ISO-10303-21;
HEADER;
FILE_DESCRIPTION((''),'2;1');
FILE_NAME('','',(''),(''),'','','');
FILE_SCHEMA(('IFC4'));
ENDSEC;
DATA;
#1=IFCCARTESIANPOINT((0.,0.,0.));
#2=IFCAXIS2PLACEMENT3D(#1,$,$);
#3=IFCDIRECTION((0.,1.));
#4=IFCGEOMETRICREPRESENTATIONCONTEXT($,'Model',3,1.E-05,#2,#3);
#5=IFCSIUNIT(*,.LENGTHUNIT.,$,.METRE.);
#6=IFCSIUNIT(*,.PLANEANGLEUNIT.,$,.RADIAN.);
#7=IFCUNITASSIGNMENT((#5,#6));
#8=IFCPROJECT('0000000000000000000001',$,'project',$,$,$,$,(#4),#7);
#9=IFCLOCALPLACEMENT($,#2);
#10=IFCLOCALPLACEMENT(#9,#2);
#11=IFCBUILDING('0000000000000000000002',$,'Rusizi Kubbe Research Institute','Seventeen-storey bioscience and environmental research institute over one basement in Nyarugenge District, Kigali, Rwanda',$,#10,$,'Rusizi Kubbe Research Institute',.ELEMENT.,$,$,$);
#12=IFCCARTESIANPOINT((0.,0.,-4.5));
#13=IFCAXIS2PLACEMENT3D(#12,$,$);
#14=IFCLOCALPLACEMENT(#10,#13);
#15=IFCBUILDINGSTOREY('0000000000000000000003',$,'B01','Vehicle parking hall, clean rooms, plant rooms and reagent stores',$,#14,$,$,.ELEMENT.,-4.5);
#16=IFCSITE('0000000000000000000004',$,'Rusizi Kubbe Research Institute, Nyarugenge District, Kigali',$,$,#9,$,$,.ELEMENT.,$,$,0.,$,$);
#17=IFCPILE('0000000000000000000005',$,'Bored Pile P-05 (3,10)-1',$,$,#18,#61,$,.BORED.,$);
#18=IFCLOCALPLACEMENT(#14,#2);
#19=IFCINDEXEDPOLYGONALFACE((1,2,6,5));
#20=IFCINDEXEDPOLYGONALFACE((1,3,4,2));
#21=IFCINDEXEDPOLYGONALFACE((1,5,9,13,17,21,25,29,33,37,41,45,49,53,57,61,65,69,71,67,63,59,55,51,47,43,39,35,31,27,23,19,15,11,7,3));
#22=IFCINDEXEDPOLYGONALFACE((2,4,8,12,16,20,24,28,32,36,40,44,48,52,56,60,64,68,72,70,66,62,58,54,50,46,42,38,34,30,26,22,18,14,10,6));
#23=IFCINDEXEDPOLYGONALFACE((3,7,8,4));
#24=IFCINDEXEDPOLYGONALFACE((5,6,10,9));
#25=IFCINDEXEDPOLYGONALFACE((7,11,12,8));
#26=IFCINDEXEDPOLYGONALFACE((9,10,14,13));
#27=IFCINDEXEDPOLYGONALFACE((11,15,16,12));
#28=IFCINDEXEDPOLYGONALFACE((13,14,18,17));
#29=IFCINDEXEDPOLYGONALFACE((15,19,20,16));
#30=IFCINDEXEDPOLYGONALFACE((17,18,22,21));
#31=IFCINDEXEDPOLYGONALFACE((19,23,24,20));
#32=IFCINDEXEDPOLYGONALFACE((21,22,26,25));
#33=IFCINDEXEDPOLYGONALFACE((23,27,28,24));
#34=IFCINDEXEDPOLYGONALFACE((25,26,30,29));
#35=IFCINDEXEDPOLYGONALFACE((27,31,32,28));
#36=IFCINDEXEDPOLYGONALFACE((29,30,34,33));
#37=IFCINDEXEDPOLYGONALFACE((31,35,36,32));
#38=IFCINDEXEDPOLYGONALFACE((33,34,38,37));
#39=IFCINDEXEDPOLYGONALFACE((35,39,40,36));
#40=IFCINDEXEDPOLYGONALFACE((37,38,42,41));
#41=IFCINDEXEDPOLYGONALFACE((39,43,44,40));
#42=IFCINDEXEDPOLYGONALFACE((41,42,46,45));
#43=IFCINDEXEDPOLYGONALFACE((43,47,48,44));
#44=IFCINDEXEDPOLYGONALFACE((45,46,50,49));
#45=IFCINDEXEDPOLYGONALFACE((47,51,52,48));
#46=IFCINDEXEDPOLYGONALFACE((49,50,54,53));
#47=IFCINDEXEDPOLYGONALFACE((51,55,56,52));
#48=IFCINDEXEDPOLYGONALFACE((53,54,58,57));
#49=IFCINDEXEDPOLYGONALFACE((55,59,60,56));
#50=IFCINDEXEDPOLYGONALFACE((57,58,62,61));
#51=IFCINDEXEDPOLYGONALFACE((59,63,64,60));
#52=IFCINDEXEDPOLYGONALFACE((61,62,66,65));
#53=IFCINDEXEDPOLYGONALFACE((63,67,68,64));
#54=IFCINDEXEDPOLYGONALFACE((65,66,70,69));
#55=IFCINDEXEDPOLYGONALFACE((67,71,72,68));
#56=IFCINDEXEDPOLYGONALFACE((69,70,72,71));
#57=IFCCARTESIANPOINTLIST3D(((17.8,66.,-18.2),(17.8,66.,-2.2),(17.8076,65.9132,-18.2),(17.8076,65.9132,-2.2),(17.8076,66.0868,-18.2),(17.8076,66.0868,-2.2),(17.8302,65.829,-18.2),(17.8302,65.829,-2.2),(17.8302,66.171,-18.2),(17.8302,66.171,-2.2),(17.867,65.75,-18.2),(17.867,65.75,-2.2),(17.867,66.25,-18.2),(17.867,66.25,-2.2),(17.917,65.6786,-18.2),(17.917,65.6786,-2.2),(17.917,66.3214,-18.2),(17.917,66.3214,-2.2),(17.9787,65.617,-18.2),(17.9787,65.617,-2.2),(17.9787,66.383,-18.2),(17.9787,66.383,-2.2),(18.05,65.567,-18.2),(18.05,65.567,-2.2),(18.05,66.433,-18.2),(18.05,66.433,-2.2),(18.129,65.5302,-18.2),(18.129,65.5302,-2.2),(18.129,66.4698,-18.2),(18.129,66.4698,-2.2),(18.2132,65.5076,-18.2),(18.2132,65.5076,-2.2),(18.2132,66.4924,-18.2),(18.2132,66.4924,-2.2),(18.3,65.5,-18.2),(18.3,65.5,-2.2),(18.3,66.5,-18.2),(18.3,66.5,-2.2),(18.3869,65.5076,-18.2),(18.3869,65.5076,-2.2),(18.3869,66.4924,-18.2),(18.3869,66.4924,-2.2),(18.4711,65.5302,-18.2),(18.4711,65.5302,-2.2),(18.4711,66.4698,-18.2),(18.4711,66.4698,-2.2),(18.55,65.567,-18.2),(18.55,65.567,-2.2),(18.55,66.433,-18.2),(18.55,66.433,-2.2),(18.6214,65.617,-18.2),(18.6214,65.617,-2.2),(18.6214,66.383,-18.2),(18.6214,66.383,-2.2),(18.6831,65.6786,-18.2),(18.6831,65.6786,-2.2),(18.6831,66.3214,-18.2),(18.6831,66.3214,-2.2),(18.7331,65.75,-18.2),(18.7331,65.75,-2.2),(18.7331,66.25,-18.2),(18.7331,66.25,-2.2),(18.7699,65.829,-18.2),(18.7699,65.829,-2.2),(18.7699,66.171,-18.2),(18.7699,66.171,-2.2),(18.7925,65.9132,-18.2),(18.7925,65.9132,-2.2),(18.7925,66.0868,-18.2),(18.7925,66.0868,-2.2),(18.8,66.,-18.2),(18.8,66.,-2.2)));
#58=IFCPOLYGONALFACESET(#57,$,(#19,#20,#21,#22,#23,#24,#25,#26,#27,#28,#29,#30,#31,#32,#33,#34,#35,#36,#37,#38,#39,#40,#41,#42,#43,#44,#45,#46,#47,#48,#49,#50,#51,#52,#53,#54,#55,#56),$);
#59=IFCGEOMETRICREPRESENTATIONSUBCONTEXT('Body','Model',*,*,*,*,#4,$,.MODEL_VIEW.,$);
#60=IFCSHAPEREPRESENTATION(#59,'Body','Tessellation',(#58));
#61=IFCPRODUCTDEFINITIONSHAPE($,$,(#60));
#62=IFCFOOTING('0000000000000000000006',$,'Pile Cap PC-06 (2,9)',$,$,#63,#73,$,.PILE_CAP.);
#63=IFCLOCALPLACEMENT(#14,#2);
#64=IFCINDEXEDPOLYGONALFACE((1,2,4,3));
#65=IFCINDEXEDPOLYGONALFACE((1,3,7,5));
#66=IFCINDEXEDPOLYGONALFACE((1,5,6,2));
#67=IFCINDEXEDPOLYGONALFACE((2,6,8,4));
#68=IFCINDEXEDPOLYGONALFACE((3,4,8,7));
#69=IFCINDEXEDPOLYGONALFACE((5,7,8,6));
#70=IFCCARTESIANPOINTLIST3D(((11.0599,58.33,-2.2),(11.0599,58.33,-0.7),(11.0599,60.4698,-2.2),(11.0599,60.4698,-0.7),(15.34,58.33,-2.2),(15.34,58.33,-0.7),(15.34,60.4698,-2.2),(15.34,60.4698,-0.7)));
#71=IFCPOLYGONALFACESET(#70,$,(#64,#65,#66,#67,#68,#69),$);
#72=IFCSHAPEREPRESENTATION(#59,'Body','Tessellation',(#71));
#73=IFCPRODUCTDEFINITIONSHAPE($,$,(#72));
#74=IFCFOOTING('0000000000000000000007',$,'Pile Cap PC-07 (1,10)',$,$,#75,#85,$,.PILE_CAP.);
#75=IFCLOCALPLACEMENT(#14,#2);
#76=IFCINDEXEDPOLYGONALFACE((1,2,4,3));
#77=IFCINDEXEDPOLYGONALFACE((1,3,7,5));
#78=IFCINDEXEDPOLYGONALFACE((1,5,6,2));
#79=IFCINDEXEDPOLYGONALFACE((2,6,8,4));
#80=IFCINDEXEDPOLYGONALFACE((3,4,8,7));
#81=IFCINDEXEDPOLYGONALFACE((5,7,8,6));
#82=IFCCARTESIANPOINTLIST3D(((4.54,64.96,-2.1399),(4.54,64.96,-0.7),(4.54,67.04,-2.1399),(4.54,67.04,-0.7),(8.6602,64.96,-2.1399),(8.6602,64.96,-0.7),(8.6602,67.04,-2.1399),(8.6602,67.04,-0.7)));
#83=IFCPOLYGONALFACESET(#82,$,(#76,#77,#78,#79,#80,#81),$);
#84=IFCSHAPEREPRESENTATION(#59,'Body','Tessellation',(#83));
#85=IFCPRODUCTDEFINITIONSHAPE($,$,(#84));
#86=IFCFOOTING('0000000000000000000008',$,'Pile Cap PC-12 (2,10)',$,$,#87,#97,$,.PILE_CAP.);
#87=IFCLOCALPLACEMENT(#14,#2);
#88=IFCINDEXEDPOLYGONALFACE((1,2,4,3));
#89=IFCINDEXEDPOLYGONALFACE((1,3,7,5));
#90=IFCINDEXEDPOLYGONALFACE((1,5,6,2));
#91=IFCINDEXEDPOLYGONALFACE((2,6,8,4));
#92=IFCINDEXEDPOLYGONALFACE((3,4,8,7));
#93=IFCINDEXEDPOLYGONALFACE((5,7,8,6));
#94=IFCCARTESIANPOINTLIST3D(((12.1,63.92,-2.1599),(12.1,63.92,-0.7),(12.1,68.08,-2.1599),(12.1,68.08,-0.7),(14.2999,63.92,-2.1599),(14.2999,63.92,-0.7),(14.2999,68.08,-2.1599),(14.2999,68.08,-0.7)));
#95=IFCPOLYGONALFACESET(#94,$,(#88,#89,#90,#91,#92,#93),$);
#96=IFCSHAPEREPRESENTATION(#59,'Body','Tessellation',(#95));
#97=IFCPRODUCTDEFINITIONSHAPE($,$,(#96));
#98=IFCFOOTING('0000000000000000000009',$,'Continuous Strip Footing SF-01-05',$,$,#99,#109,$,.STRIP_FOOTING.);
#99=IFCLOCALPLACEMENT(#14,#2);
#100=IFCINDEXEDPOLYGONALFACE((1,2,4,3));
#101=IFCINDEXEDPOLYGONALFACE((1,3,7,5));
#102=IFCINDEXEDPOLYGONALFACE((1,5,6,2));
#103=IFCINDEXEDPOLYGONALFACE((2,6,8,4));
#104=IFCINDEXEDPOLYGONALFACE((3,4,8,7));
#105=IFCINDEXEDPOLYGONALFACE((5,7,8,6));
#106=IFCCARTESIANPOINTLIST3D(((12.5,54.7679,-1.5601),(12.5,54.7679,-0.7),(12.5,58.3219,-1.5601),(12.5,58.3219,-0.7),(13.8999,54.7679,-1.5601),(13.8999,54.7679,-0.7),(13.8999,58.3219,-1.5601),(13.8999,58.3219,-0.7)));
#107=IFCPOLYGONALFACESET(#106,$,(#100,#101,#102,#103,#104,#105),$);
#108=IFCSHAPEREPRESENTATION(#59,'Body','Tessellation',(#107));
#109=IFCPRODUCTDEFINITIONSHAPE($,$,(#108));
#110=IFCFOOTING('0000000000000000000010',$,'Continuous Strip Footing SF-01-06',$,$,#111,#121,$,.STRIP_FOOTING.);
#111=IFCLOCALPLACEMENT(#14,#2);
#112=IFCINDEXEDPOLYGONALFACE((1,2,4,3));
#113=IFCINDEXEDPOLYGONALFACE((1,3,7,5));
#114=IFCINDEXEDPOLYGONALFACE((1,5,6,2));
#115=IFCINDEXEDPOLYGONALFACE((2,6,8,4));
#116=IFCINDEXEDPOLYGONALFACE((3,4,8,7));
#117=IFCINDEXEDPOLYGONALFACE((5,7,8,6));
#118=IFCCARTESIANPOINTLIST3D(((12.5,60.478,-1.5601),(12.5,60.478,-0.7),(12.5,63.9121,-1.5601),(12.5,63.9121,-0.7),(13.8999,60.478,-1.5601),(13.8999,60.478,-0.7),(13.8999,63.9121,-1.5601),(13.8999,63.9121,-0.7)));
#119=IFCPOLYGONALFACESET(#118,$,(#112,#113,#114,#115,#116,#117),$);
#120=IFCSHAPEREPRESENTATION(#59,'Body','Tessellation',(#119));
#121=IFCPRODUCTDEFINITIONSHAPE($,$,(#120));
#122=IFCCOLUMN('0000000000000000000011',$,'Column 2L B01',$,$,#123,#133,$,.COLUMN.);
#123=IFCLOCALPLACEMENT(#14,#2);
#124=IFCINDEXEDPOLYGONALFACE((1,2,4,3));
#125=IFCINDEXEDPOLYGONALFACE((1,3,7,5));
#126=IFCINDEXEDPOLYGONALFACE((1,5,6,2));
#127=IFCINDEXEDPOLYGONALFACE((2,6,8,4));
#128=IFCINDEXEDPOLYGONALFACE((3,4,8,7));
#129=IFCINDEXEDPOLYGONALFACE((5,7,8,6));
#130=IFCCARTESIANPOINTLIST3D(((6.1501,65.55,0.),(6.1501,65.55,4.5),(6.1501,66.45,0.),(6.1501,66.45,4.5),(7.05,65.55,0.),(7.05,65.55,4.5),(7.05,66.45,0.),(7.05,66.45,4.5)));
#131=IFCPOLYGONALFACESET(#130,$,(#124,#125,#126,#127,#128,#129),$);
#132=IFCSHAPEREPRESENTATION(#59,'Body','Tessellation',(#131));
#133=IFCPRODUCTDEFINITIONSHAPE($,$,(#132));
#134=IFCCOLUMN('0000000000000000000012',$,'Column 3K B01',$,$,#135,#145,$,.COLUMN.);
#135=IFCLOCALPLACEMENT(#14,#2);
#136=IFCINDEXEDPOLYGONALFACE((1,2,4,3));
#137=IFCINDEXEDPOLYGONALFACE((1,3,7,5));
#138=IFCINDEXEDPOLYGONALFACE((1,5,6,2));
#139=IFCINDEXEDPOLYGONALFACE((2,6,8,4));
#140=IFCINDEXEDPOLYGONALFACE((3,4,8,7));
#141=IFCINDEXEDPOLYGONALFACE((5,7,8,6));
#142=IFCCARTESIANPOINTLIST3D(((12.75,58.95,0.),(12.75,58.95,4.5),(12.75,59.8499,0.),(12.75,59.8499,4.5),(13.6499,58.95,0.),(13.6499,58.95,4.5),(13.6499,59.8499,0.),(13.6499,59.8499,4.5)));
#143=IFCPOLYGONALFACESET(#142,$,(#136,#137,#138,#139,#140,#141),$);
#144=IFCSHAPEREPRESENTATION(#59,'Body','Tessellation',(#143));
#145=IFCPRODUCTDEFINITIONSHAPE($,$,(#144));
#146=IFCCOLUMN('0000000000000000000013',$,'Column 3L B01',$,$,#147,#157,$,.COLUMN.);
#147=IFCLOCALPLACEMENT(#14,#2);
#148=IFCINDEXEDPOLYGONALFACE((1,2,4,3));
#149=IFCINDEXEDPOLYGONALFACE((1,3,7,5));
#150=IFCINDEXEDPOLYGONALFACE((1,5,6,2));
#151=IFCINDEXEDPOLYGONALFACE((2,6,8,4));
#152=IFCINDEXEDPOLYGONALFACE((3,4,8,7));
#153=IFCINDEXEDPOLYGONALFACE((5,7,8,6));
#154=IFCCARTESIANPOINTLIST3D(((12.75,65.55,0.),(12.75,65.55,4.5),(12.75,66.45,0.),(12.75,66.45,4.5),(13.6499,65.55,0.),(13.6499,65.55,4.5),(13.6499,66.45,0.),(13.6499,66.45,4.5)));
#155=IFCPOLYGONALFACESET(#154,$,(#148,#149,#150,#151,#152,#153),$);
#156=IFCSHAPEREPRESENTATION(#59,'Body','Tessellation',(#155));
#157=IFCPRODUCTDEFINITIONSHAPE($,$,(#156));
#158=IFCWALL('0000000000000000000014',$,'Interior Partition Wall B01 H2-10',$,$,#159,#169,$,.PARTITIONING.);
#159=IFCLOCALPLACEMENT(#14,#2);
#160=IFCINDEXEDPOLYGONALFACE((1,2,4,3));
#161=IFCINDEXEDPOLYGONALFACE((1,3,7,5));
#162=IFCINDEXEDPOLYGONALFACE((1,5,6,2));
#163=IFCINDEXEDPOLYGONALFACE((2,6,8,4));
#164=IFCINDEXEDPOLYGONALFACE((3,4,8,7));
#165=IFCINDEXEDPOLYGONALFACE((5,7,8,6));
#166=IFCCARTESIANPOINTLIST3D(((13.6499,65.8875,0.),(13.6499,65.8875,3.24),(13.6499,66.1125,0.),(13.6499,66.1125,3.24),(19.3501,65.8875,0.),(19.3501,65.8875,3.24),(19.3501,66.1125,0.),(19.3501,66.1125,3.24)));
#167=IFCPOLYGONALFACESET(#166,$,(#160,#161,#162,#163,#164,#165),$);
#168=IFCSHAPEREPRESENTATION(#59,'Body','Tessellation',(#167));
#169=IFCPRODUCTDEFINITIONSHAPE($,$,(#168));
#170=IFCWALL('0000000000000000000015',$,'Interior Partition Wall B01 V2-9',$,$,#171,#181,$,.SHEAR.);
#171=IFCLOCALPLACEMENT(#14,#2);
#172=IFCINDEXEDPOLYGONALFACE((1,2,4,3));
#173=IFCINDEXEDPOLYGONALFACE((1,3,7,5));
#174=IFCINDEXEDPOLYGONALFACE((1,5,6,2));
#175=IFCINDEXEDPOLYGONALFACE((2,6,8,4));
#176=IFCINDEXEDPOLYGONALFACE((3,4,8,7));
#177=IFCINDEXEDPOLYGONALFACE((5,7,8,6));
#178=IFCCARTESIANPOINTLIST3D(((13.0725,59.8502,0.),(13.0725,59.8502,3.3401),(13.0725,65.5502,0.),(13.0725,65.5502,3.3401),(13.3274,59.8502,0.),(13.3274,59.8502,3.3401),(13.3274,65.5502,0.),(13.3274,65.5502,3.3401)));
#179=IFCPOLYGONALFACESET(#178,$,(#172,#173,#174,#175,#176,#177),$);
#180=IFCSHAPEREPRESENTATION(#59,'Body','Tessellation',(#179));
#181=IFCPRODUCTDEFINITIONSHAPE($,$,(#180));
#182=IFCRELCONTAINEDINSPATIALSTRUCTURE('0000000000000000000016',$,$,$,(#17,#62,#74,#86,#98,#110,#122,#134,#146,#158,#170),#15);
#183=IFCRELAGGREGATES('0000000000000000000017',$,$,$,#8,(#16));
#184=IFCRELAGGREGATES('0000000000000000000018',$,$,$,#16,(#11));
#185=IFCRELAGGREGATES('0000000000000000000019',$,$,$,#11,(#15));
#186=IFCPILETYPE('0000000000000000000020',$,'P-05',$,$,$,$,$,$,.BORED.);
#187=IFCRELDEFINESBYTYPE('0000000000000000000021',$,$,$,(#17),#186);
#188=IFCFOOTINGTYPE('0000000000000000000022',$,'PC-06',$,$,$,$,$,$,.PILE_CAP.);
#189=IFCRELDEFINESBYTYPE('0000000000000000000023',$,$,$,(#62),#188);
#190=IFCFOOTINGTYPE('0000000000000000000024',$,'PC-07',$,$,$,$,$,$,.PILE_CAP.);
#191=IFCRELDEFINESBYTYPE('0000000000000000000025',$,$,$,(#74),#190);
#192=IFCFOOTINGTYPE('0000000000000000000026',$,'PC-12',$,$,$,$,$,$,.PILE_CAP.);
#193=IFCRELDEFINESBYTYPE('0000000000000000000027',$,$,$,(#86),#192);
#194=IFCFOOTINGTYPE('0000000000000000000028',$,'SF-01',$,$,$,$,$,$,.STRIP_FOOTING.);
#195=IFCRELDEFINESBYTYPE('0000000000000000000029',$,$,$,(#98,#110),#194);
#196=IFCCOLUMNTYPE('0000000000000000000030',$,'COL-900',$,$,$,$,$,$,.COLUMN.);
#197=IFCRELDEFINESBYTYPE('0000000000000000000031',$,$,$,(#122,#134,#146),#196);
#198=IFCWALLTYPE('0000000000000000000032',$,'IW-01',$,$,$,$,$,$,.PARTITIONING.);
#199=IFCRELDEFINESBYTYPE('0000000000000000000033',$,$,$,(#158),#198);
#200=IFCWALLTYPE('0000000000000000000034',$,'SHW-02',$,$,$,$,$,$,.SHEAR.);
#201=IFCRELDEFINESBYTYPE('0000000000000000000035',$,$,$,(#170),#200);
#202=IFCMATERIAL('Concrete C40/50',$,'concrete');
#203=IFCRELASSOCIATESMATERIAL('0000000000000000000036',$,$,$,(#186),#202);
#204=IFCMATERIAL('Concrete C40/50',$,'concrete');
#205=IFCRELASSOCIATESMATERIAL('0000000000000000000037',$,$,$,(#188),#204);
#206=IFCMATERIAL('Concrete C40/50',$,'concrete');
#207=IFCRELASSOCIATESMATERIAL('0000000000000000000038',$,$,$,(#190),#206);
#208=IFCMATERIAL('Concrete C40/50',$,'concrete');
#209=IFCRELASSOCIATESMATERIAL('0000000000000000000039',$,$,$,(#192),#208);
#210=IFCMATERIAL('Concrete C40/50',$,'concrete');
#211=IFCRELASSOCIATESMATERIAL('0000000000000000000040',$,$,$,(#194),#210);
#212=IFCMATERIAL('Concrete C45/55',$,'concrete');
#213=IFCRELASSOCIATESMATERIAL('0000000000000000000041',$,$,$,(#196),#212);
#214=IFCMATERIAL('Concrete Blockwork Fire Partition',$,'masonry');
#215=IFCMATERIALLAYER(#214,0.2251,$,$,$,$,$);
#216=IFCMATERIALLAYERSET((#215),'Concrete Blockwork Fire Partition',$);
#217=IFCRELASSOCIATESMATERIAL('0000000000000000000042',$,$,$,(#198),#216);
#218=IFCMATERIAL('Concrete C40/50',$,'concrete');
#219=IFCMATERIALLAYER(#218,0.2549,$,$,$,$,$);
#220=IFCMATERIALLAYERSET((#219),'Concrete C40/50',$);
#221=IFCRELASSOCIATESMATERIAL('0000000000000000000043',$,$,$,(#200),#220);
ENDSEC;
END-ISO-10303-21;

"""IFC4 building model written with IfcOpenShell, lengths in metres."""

from ifc_helpers import new_model, si_unit, direction, frame, frame_2d, origin, origin_2d, place, context, subcontext, project, spatial, rectangle, circle, extrude, material, layer, layer_set, material_profile, profile_set, type_object, element, save


model = new_model("IFC4")

# Units and contexts
model_context = context("Model", 3, precision=1e-05, world=origin(), true_north=direction((0.0, 1.0)))
body_context = subcontext(model_context, "Body", "Model", "MODEL_VIEW")
ifc_project = project(units=[si_unit("LENGTHUNIT", "METRE"), si_unit("PLANEANGLEUNIT", "RADIAN")], contexts=[model_context])

# Site, building, storey
site_placement = place(None, origin())
site = spatial("IfcSite", under=ifc_project, at=site_placement, Name="Rusizi Kubbe Research Institute, Nyarugenge District, Kigali", CompositionType="ELEMENT", RefElevation=0.0)
building_placement = place(site_placement, origin())
building = spatial("IfcBuilding", under=site, at=building_placement, Name="Rusizi Kubbe Research Institute", Description="Seventeen-storey bioscience and environmental research institute over one basement in Nyarugenge District, Kigali, Rwanda", LongName="Rusizi Kubbe Research Institute", CompositionType="ELEMENT")
storey_placement = place(building_placement, frame((0.0, 0.0, -4.5)))
storey = spatial("IfcBuildingStorey", under=building, at=storey_placement, Name="B01", Description="Vehicle parking hall, clean rooms, plant rooms and reagent stores", CompositionType="ELEMENT", Elevation=-4.5)

# Pile
ifc_material_1 = material(Name="Concrete C40/50", Category="concrete")
ifc_material_profile_1 = material_profile(ifc_material_1, circle(Radius=0.5, at=origin_2d()), Name="PILE-D1000")
ifc_profile_set_1 = profile_set([ifc_material_profile_1], Name="Concrete C40/50")
pile_type_1 = type_object("IfcPileType", Name="P-05", PredefinedType="BORED", material=ifc_profile_set_1)
for number, where, z_axis, x_axis, name in (
    (1, (18.3, 66.0, -2.2), (0.0, 0.0, -1.0), (1.0, 0.0, 0.0), "Bored Pile P-05 (3,10)-1"),
):
    element("IfcPile", number, at=place(storey_placement, frame(where, z_axis=z_axis, x_axis=x_axis)), inside=storey, type_object=pile_type_1, Name=name, PredefinedType="BORED", context=body_context, shape_type="SweptSolid", body=[
        extrude(circle(Radius=0.5, at=origin_2d()), origin(), (0.0, 0.0, 1.0), 16.0),
    ])

# Footings
ifc_material_2 = material(Name="Concrete C40/50", Category="concrete")
footing_type_1 = type_object("IfcFootingType", Name="PC-06", PredefinedType="PILE_CAP", material=ifc_material_2)
footing_1_placement = place(storey_placement, frame((13.2, 59.3999, -2.2), z_axis=(0.0, 0.0, 1.0), x_axis=(1.0, 0.0, 0.0)))
element("IfcFooting", 2, at=footing_1_placement, inside=storey, type_object=footing_type_1, Name="Pile Cap PC-06 (2,9)", PredefinedType="PILE_CAP", context=body_context, shape_type="SweptSolid", body=[
    extrude(rectangle(XDim=4.28, YDim=2.1399, at=origin_2d()), origin(), (0.0, 0.0, 1.0), 1.5),
])
ifc_material_3 = material(Name="Concrete C40/50", Category="concrete")
footing_type_2 = type_object("IfcFootingType", Name="PC-07", PredefinedType="PILE_CAP", material=ifc_material_3)
footing_2_placement = place(storey_placement, frame((6.6001, 66.0, -2.1399), z_axis=(0.0, 0.0, 1.0), x_axis=(1.0, 0.0, 0.0)))
element("IfcFooting", 3, at=footing_2_placement, inside=storey, type_object=footing_type_2, Name="Pile Cap PC-07 (1,10)", PredefinedType="PILE_CAP", context=body_context, shape_type="SweptSolid", body=[
    extrude(rectangle(XDim=4.1201, YDim=2.0801, at=origin_2d()), origin(), (0.0, 0.0, 1.0), 1.4399),
])
ifc_material_4 = material(Name="Concrete C40/50", Category="concrete")
footing_type_3 = type_object("IfcFootingType", Name="PC-12", PredefinedType="PILE_CAP", material=ifc_material_4)
footing_3_placement = place(storey_placement, frame((13.2, 66.0, -2.1599), z_axis=(0.0, 0.0, 1.0), x_axis=(1.0, 0.0, 0.0)))
element("IfcFooting", 4, at=footing_3_placement, inside=storey, type_object=footing_type_3, Name="Pile Cap PC-12 (2,10)", PredefinedType="PILE_CAP", context=body_context, shape_type="SweptSolid", body=[
    extrude(rectangle(XDim=2.2, YDim=4.1599, at=origin_2d()), origin(), (0.0, 0.0, 1.0), 1.46),
])
ifc_material_5 = material(Name="Concrete C40/50", Category="concrete")
footing_type_4 = type_object("IfcFootingType", Name="SF-01", PredefinedType="STRIP_FOOTING", material=ifc_material_5)
footing_4_placement = place(storey_placement, frame((13.2, 56.5449, -1.5601), z_axis=(0.0, 0.0, 1.0), x_axis=(0.0, 1.0, 0.0)))
element("IfcFooting", 5, at=footing_4_placement, inside=storey, type_object=footing_type_4, Name="Continuous Strip Footing SF-01-05", PredefinedType="STRIP_FOOTING", context=body_context, shape_type="SweptSolid", body=[
    extrude(rectangle(XDim=3.554, YDim=1.3999, at=origin_2d()), origin(), (0.0, 0.0, 1.0), 0.8601),
])
footing_5_placement = place(storey_placement, frame((13.2, 62.1951, -1.5601), z_axis=(0.0, 0.0, 1.0), x_axis=(0.0, 1.0, 0.0)))
element("IfcFooting", 6, at=footing_5_placement, inside=storey, type_object=footing_type_4, Name="Continuous Strip Footing SF-01-06", PredefinedType="STRIP_FOOTING", context=body_context, shape_type="SweptSolid", body=[
    extrude(rectangle(XDim=3.4341, YDim=1.3999, at=origin_2d()), origin(), (0.0, 0.0, 1.0), 0.8601),
])

# Columns
ifc_material_6 = material(Name="Concrete C45/55", Category="concrete")
ifc_material_profile_2 = material_profile(ifc_material_6, rectangle(XDim=0.8999, YDim=0.8999, at=origin_2d()), Name="RC900x900")
ifc_profile_set_2 = profile_set([ifc_material_profile_2], Name="Concrete C45/55")
column_type = type_object("IfcColumnType", Name="COL-900", PredefinedType="COLUMN", material=ifc_profile_set_2)
for number, where, z_axis, x_axis, name in (
    (7, (6.6001, 66.0, 0.0), (0.0, 0.0, 1.0), (1.0, 0.0, 0.0), "Column 2L B01"),
    (8, (13.2, 59.3999, 0.0), (0.0, 0.0, 1.0), (1.0, 0.0, 0.0), "Column 3K B01"),
    (9, (13.2, 66.0, 0.0), (0.0, 0.0, 1.0), (1.0, 0.0, 0.0), "Column 3L B01"),
):
    element("IfcColumn", number, at=place(storey_placement, frame(where, z_axis=z_axis, x_axis=x_axis)), inside=storey, type_object=column_type, Name=name, PredefinedType="COLUMN", context=body_context, shape_type="SweptSolid", body=[
        extrude(rectangle(XDim=0.8999, YDim=0.8999, at=origin_2d()), origin(), (0.0, 0.0, 1.0), 4.5),
    ])

# Walls
ifc_material_7 = material(Name="Concrete Blockwork Fire Partition", Category="masonry")
ifc_layer_1 = layer(ifc_material_7, 0.2251)
ifc_layer_set_1 = layer_set([ifc_layer_1], Name="Concrete Blockwork Fire Partition")
wall_type_1 = type_object("IfcWallType", Name="IW-01", PredefinedType="PARTITIONING", material=ifc_layer_set_1)
wall_1_placement = place(storey_placement, frame((13.6499, 66.0, 0.0), z_axis=(0.0, 0.0, 1.0), x_axis=(1.0, 0.0, 0.0)))
element("IfcWall", 10, at=wall_1_placement, inside=storey, type_object=wall_type_1, Name="Interior Partition Wall B01 H2-10", PredefinedType="PARTITIONING", context=body_context, shape_type="SweptSolid", body=[
    extrude(rectangle(XDim=5.7002, YDim=0.2251, at=frame_2d((2.8501, 0.0))), origin(), (0.0, 0.0, 1.0), 3.24),
])
ifc_material_8 = material(Name="Concrete C40/50", Category="concrete")
ifc_layer_2 = layer(ifc_material_8, 0.2549)
ifc_layer_set_2 = layer_set([ifc_layer_2], Name="Concrete C40/50")
wall_type_2 = type_object("IfcWallType", Name="SHW-02", PredefinedType="SHEAR", material=ifc_layer_set_2)
wall_2_placement = place(storey_placement, frame((13.2, 59.8501, 0.0), z_axis=(0.0, 0.0, 1.0), x_axis=(0.0, 1.0, 0.0)))
element("IfcWall", 11, at=wall_2_placement, inside=storey, type_object=wall_type_2, Name="Interior Partition Wall B01 V2-9", PredefinedType="SHEAR", context=body_context, shape_type="SweptSolid", body=[
    extrude(rectangle(XDim=5.7, YDim=0.2549, at=frame_2d((2.8501, 0.0))), origin(), (0.0, 0.0, 1.0), 3.3401),
])

save(model, "model.ifc")
